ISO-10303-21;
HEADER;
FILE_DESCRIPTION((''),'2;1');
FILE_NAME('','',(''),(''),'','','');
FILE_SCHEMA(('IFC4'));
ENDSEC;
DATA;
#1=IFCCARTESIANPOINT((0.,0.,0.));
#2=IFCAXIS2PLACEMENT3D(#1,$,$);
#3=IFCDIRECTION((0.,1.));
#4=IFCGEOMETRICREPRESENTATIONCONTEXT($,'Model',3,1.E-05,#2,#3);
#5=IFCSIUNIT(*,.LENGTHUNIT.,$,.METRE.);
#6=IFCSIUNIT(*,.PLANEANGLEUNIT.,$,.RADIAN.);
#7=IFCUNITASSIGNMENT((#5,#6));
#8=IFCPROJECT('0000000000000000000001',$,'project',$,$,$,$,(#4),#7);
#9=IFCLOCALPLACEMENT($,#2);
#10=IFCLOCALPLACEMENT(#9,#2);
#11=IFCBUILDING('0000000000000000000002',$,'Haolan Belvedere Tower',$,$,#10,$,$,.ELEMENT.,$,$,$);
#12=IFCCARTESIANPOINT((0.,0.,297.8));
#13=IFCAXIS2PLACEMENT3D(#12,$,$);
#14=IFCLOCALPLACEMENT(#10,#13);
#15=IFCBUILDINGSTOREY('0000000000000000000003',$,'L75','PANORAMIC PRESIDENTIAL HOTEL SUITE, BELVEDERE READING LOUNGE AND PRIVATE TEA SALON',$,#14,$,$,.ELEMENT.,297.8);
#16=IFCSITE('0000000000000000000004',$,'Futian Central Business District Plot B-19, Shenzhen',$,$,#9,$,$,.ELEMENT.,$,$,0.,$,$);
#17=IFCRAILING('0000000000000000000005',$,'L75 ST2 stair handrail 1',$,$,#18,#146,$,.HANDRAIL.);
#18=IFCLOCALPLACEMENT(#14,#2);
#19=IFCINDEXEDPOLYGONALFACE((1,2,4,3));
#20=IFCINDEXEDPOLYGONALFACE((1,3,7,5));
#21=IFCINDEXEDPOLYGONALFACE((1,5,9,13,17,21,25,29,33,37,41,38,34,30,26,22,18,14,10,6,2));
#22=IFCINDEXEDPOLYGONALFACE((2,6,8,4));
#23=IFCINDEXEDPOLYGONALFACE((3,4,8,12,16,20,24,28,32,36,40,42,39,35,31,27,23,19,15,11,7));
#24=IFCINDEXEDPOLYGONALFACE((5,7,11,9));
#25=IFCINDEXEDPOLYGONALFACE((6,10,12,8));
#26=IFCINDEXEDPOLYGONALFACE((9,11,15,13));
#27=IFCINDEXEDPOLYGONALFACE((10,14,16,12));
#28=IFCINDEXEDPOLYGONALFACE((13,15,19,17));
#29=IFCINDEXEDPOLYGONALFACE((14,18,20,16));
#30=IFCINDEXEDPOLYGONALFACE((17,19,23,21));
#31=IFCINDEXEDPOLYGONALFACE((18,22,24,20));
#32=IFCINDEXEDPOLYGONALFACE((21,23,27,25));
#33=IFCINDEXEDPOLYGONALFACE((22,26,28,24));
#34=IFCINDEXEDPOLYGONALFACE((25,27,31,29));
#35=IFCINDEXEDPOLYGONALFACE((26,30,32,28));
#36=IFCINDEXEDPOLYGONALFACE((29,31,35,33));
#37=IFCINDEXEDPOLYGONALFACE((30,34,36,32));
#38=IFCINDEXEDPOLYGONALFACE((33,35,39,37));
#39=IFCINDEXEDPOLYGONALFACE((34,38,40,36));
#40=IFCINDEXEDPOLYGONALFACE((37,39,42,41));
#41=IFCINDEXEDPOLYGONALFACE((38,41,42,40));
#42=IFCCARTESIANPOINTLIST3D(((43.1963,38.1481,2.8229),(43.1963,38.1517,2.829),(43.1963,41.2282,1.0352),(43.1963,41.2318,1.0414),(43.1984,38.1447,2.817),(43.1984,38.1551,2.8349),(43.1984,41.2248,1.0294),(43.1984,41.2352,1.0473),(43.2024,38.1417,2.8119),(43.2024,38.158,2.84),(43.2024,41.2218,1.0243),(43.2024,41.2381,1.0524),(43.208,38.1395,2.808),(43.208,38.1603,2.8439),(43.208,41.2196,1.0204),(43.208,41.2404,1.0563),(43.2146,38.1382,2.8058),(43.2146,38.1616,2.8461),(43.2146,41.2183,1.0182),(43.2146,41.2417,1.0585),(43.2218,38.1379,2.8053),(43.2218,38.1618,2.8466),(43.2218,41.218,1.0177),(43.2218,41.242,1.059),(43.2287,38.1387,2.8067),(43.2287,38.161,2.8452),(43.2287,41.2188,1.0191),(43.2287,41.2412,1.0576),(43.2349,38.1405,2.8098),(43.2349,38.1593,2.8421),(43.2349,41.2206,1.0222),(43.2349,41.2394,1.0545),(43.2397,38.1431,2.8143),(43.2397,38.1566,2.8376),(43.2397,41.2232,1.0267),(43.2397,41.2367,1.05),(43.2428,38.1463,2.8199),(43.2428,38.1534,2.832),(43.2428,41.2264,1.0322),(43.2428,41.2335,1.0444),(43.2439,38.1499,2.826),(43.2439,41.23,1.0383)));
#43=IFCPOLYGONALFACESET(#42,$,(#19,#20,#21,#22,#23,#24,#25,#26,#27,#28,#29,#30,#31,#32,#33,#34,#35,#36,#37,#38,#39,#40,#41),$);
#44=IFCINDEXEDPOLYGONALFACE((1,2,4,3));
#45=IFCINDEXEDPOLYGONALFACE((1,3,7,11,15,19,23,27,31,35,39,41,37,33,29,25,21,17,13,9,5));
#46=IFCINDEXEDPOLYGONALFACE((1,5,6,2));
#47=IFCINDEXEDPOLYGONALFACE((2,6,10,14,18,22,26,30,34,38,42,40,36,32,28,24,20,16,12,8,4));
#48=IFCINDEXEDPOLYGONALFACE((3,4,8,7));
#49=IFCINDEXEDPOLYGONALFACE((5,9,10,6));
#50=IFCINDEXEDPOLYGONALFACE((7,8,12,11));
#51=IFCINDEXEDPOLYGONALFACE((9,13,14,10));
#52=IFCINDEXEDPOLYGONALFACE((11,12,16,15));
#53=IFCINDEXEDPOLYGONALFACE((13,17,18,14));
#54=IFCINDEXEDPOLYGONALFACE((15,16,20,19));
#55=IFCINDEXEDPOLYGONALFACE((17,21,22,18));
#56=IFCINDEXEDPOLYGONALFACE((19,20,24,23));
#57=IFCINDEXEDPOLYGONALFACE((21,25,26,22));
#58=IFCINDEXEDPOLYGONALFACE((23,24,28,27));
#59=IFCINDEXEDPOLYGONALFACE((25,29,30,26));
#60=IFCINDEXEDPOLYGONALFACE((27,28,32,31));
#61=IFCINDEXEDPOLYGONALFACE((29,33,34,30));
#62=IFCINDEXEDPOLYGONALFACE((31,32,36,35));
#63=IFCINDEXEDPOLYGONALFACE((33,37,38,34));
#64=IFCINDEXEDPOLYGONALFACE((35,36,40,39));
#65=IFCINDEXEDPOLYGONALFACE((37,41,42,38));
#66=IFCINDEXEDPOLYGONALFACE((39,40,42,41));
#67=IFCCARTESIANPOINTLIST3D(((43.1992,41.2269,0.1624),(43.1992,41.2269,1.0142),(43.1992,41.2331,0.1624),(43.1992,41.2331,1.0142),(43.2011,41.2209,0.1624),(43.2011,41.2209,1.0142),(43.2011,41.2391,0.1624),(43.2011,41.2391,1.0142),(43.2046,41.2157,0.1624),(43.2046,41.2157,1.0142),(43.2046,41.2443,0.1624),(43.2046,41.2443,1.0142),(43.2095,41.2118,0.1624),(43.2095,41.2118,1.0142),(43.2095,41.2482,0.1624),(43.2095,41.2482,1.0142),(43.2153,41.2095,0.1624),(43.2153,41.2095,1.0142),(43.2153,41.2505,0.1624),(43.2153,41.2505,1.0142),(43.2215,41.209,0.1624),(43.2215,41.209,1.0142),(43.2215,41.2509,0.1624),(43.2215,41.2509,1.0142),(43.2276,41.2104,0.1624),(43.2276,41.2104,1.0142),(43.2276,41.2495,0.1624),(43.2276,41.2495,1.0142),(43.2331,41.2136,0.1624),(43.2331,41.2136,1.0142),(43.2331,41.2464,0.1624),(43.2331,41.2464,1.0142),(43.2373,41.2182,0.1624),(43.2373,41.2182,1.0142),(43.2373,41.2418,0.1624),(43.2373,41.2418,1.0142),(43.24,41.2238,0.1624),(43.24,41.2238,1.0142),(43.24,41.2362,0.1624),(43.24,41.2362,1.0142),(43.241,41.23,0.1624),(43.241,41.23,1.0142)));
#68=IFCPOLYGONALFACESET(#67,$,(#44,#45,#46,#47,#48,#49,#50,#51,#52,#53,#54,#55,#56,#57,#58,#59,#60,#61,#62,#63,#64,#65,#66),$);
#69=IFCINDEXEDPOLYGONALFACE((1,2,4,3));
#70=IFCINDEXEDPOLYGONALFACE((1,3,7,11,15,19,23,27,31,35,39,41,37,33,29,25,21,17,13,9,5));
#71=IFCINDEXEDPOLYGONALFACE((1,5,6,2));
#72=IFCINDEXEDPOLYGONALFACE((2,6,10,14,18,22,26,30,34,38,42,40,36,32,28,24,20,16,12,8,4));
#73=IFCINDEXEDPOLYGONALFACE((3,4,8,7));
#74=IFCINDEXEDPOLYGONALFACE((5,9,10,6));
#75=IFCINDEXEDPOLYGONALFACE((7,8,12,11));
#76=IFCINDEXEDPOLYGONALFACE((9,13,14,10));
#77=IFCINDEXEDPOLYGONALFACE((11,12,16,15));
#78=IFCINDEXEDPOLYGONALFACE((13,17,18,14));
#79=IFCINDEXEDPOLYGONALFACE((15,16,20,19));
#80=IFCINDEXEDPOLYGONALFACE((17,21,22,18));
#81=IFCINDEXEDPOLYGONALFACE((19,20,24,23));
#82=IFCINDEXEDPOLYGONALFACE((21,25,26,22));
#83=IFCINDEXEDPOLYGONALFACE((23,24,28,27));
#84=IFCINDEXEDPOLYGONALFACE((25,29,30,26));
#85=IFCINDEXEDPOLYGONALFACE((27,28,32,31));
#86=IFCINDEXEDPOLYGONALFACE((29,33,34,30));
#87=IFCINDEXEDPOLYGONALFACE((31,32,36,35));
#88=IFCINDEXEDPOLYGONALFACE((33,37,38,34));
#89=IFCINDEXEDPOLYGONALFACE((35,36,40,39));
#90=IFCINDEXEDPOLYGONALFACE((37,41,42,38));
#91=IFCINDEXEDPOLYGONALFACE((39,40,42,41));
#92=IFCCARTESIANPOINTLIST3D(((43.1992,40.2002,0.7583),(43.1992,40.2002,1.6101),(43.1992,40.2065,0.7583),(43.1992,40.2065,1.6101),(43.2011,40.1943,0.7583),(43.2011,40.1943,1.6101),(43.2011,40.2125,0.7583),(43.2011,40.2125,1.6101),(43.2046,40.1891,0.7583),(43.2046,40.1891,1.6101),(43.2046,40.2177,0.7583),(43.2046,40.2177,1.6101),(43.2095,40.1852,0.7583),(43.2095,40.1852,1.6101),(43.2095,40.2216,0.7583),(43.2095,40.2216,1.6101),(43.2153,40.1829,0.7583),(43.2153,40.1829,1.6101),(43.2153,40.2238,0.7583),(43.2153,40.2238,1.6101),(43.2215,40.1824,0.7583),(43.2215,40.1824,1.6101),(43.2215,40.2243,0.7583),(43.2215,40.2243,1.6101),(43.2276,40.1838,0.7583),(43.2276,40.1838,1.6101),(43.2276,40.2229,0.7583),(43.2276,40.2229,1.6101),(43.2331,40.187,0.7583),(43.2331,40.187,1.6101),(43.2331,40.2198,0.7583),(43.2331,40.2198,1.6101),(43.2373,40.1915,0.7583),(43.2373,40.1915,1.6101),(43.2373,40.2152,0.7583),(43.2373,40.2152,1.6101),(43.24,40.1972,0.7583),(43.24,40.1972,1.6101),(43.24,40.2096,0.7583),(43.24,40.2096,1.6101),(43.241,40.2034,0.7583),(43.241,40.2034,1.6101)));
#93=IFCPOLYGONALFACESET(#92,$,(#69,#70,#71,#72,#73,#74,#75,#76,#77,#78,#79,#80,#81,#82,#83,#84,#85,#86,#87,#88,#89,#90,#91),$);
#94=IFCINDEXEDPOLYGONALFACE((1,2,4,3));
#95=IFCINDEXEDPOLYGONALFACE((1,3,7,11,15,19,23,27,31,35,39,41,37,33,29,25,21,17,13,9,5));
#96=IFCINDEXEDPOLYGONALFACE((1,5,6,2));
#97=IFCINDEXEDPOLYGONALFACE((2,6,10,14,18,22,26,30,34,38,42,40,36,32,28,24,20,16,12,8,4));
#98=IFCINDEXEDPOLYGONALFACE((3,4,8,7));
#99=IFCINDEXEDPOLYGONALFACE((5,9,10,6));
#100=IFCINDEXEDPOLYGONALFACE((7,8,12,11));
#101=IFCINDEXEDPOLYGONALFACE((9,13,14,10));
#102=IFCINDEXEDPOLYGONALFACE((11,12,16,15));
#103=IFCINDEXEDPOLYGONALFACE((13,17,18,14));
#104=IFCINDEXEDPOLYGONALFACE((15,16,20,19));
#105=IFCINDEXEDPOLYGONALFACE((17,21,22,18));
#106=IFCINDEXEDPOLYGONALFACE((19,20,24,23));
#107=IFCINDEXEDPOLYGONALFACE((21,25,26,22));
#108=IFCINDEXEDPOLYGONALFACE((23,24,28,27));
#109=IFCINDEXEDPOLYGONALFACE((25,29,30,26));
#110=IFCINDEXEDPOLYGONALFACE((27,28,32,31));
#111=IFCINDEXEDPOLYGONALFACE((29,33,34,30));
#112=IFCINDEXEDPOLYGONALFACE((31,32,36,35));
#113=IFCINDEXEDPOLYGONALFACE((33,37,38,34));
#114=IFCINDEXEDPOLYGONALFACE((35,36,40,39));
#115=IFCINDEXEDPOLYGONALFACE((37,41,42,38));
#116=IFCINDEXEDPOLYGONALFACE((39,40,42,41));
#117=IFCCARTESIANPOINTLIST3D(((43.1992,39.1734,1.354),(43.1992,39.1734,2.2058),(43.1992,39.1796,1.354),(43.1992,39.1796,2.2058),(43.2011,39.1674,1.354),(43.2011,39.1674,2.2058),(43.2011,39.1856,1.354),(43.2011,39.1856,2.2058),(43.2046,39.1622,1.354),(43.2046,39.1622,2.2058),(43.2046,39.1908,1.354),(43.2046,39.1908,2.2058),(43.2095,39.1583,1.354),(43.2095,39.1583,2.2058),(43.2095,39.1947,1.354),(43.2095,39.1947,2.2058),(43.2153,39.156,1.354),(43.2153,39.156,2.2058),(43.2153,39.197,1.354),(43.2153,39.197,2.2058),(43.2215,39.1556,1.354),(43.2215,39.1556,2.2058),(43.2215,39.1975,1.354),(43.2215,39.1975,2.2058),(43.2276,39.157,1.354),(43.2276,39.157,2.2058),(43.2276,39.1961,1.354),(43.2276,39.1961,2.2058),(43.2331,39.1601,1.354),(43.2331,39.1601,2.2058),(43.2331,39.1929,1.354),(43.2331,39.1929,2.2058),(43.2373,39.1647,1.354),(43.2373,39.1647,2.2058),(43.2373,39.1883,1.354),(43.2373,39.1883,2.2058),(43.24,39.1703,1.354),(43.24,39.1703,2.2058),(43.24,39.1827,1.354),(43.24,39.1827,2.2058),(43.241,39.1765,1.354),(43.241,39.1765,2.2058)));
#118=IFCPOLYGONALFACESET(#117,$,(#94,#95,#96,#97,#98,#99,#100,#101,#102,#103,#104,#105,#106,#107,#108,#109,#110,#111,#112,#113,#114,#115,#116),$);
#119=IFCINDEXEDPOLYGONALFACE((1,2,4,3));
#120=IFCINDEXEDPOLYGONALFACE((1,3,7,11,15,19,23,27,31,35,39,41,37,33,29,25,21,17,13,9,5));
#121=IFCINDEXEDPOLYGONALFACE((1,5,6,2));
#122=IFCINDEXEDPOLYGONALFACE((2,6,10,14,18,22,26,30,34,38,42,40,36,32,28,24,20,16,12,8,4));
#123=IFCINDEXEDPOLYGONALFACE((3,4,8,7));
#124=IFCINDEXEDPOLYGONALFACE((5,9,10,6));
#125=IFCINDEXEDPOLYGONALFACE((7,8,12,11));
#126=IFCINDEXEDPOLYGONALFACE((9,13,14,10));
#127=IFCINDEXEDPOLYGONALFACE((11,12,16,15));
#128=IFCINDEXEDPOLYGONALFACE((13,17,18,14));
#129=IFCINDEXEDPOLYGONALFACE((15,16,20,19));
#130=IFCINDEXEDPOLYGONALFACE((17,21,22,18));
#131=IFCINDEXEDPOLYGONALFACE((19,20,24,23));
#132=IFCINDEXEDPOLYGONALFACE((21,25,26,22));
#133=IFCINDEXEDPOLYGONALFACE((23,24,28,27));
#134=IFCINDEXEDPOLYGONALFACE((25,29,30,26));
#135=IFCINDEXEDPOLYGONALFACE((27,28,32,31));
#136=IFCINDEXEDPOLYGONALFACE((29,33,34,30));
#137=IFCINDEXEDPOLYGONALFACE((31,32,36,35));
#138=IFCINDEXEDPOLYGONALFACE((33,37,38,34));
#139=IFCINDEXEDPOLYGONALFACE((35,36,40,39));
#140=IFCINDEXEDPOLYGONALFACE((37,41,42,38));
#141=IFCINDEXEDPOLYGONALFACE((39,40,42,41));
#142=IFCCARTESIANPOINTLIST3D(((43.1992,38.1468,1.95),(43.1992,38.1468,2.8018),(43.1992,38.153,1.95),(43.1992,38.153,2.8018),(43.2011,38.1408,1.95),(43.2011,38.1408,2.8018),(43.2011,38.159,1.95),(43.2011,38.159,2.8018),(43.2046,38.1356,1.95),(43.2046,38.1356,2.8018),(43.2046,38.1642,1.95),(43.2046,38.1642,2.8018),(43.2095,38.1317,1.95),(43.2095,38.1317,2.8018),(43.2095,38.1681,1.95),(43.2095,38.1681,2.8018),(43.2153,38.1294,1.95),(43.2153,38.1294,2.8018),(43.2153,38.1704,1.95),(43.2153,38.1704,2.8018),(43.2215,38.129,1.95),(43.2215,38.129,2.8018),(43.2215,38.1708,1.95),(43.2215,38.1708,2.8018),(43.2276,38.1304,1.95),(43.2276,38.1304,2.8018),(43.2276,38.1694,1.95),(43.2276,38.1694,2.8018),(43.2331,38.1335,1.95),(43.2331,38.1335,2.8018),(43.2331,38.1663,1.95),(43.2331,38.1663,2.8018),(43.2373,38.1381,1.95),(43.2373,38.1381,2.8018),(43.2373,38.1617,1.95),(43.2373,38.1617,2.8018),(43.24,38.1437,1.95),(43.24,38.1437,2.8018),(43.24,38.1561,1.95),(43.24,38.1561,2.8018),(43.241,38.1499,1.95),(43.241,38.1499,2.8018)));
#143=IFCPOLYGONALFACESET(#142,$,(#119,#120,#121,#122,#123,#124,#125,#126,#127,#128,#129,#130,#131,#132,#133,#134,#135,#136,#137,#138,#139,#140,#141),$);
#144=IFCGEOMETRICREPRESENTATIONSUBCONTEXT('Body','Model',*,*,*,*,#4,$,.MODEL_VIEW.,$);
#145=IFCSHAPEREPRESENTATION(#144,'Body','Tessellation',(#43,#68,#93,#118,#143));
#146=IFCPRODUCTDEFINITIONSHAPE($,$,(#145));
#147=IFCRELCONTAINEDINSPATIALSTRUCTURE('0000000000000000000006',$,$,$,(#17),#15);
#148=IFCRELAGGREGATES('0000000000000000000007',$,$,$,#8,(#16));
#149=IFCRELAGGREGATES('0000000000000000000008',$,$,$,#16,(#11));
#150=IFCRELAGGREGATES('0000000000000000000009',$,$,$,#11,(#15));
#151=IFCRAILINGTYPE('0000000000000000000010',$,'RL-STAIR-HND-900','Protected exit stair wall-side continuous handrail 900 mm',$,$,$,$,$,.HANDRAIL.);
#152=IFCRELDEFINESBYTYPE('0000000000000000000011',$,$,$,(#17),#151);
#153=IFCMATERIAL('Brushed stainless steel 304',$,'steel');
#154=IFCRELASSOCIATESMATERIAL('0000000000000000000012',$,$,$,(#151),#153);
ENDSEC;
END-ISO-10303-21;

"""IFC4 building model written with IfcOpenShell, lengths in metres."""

from ifc_helpers import new_model, si_unit, direction, frame, origin, origin_2d, place, context, subcontext, project, spatial, circle, extrude, material, type_object, element, save


model = new_model("IFC4")

# Units and contexts
model_context = context("Model", 3, precision=1e-05, world=origin(), true_north=direction((0.0, 1.0)))
body_context = subcontext(model_context, "Body", "Model", "MODEL_VIEW")
ifc_project = project(units=[si_unit("LENGTHUNIT", "METRE"), si_unit("PLANEANGLEUNIT", "RADIAN")], contexts=[model_context])

# Site, building, storey
site_placement = place(None, origin())
site = spatial("IfcSite", under=ifc_project, at=site_placement, Name="Futian Central Business District Plot B-19, Shenzhen", CompositionType="ELEMENT", RefElevation=0.0)
building_placement = place(site_placement, origin())
building = spatial("IfcBuilding", under=site, at=building_placement, Name="Haolan Belvedere Tower", CompositionType="ELEMENT")
storey_placement = place(building_placement, frame((0.0, 0.0, 297.8)))
storey = spatial("IfcBuildingStorey", under=building, at=storey_placement, Name="L75", Description="PANORAMIC PRESIDENTIAL HOTEL SUITE, BELVEDERE READING LOUNGE AND PRIVATE TEA SALON", CompositionType="ELEMENT", Elevation=297.8)

# Railing
ifc_material_1 = material(Name="Brushed stainless steel 304", Category="steel")
railing_type_1 = type_object("IfcRailingType", Name="RL-STAIR-HND-900", Description="Protected exit stair wall-side continuous handrail 900 mm", PredefinedType="HANDRAIL", material=ifc_material_1)
railing_1_placement = place(storey_placement, frame((43.22, 41.23, 0.1624)))
element("IfcRailing", 1, at=railing_1_placement, inside=storey, type_object=railing_type_1, Name="L75 ST2 stair handrail 1", PredefinedType="HANDRAIL", context=body_context, shape_type="SweptSolid", body=[
    extrude(circle(Radius=0.0239, at=origin_2d()), frame((0.0, 0.0, 0.876), z_axis=(0.0, -0.864891, 0.50196), x_axis=(1.0, 0.0, 0.0)), (0.0, 0.0, 1.0), 3.5613),
    extrude(circle(Radius=0.021, at=origin_2d()), origin(), (0.0, 0.0, 1.0), 0.8518),
    extrude(circle(Radius=0.021, at=origin_2d()), frame((0.0, -1.0266, 0.5959)), (0.0, 0.0, 1.0), 0.8518),
    extrude(circle(Radius=0.021, at=origin_2d()), frame((0.0, -2.0535, 1.1917)), (0.0, 0.0, 1.0), 0.8518),
    extrude(circle(Radius=0.021, at=origin_2d()), frame((0.0, -3.0801, 1.7876)), (0.0, 0.0, 1.0), 0.8518),
])

save(model, "model.ifc")
